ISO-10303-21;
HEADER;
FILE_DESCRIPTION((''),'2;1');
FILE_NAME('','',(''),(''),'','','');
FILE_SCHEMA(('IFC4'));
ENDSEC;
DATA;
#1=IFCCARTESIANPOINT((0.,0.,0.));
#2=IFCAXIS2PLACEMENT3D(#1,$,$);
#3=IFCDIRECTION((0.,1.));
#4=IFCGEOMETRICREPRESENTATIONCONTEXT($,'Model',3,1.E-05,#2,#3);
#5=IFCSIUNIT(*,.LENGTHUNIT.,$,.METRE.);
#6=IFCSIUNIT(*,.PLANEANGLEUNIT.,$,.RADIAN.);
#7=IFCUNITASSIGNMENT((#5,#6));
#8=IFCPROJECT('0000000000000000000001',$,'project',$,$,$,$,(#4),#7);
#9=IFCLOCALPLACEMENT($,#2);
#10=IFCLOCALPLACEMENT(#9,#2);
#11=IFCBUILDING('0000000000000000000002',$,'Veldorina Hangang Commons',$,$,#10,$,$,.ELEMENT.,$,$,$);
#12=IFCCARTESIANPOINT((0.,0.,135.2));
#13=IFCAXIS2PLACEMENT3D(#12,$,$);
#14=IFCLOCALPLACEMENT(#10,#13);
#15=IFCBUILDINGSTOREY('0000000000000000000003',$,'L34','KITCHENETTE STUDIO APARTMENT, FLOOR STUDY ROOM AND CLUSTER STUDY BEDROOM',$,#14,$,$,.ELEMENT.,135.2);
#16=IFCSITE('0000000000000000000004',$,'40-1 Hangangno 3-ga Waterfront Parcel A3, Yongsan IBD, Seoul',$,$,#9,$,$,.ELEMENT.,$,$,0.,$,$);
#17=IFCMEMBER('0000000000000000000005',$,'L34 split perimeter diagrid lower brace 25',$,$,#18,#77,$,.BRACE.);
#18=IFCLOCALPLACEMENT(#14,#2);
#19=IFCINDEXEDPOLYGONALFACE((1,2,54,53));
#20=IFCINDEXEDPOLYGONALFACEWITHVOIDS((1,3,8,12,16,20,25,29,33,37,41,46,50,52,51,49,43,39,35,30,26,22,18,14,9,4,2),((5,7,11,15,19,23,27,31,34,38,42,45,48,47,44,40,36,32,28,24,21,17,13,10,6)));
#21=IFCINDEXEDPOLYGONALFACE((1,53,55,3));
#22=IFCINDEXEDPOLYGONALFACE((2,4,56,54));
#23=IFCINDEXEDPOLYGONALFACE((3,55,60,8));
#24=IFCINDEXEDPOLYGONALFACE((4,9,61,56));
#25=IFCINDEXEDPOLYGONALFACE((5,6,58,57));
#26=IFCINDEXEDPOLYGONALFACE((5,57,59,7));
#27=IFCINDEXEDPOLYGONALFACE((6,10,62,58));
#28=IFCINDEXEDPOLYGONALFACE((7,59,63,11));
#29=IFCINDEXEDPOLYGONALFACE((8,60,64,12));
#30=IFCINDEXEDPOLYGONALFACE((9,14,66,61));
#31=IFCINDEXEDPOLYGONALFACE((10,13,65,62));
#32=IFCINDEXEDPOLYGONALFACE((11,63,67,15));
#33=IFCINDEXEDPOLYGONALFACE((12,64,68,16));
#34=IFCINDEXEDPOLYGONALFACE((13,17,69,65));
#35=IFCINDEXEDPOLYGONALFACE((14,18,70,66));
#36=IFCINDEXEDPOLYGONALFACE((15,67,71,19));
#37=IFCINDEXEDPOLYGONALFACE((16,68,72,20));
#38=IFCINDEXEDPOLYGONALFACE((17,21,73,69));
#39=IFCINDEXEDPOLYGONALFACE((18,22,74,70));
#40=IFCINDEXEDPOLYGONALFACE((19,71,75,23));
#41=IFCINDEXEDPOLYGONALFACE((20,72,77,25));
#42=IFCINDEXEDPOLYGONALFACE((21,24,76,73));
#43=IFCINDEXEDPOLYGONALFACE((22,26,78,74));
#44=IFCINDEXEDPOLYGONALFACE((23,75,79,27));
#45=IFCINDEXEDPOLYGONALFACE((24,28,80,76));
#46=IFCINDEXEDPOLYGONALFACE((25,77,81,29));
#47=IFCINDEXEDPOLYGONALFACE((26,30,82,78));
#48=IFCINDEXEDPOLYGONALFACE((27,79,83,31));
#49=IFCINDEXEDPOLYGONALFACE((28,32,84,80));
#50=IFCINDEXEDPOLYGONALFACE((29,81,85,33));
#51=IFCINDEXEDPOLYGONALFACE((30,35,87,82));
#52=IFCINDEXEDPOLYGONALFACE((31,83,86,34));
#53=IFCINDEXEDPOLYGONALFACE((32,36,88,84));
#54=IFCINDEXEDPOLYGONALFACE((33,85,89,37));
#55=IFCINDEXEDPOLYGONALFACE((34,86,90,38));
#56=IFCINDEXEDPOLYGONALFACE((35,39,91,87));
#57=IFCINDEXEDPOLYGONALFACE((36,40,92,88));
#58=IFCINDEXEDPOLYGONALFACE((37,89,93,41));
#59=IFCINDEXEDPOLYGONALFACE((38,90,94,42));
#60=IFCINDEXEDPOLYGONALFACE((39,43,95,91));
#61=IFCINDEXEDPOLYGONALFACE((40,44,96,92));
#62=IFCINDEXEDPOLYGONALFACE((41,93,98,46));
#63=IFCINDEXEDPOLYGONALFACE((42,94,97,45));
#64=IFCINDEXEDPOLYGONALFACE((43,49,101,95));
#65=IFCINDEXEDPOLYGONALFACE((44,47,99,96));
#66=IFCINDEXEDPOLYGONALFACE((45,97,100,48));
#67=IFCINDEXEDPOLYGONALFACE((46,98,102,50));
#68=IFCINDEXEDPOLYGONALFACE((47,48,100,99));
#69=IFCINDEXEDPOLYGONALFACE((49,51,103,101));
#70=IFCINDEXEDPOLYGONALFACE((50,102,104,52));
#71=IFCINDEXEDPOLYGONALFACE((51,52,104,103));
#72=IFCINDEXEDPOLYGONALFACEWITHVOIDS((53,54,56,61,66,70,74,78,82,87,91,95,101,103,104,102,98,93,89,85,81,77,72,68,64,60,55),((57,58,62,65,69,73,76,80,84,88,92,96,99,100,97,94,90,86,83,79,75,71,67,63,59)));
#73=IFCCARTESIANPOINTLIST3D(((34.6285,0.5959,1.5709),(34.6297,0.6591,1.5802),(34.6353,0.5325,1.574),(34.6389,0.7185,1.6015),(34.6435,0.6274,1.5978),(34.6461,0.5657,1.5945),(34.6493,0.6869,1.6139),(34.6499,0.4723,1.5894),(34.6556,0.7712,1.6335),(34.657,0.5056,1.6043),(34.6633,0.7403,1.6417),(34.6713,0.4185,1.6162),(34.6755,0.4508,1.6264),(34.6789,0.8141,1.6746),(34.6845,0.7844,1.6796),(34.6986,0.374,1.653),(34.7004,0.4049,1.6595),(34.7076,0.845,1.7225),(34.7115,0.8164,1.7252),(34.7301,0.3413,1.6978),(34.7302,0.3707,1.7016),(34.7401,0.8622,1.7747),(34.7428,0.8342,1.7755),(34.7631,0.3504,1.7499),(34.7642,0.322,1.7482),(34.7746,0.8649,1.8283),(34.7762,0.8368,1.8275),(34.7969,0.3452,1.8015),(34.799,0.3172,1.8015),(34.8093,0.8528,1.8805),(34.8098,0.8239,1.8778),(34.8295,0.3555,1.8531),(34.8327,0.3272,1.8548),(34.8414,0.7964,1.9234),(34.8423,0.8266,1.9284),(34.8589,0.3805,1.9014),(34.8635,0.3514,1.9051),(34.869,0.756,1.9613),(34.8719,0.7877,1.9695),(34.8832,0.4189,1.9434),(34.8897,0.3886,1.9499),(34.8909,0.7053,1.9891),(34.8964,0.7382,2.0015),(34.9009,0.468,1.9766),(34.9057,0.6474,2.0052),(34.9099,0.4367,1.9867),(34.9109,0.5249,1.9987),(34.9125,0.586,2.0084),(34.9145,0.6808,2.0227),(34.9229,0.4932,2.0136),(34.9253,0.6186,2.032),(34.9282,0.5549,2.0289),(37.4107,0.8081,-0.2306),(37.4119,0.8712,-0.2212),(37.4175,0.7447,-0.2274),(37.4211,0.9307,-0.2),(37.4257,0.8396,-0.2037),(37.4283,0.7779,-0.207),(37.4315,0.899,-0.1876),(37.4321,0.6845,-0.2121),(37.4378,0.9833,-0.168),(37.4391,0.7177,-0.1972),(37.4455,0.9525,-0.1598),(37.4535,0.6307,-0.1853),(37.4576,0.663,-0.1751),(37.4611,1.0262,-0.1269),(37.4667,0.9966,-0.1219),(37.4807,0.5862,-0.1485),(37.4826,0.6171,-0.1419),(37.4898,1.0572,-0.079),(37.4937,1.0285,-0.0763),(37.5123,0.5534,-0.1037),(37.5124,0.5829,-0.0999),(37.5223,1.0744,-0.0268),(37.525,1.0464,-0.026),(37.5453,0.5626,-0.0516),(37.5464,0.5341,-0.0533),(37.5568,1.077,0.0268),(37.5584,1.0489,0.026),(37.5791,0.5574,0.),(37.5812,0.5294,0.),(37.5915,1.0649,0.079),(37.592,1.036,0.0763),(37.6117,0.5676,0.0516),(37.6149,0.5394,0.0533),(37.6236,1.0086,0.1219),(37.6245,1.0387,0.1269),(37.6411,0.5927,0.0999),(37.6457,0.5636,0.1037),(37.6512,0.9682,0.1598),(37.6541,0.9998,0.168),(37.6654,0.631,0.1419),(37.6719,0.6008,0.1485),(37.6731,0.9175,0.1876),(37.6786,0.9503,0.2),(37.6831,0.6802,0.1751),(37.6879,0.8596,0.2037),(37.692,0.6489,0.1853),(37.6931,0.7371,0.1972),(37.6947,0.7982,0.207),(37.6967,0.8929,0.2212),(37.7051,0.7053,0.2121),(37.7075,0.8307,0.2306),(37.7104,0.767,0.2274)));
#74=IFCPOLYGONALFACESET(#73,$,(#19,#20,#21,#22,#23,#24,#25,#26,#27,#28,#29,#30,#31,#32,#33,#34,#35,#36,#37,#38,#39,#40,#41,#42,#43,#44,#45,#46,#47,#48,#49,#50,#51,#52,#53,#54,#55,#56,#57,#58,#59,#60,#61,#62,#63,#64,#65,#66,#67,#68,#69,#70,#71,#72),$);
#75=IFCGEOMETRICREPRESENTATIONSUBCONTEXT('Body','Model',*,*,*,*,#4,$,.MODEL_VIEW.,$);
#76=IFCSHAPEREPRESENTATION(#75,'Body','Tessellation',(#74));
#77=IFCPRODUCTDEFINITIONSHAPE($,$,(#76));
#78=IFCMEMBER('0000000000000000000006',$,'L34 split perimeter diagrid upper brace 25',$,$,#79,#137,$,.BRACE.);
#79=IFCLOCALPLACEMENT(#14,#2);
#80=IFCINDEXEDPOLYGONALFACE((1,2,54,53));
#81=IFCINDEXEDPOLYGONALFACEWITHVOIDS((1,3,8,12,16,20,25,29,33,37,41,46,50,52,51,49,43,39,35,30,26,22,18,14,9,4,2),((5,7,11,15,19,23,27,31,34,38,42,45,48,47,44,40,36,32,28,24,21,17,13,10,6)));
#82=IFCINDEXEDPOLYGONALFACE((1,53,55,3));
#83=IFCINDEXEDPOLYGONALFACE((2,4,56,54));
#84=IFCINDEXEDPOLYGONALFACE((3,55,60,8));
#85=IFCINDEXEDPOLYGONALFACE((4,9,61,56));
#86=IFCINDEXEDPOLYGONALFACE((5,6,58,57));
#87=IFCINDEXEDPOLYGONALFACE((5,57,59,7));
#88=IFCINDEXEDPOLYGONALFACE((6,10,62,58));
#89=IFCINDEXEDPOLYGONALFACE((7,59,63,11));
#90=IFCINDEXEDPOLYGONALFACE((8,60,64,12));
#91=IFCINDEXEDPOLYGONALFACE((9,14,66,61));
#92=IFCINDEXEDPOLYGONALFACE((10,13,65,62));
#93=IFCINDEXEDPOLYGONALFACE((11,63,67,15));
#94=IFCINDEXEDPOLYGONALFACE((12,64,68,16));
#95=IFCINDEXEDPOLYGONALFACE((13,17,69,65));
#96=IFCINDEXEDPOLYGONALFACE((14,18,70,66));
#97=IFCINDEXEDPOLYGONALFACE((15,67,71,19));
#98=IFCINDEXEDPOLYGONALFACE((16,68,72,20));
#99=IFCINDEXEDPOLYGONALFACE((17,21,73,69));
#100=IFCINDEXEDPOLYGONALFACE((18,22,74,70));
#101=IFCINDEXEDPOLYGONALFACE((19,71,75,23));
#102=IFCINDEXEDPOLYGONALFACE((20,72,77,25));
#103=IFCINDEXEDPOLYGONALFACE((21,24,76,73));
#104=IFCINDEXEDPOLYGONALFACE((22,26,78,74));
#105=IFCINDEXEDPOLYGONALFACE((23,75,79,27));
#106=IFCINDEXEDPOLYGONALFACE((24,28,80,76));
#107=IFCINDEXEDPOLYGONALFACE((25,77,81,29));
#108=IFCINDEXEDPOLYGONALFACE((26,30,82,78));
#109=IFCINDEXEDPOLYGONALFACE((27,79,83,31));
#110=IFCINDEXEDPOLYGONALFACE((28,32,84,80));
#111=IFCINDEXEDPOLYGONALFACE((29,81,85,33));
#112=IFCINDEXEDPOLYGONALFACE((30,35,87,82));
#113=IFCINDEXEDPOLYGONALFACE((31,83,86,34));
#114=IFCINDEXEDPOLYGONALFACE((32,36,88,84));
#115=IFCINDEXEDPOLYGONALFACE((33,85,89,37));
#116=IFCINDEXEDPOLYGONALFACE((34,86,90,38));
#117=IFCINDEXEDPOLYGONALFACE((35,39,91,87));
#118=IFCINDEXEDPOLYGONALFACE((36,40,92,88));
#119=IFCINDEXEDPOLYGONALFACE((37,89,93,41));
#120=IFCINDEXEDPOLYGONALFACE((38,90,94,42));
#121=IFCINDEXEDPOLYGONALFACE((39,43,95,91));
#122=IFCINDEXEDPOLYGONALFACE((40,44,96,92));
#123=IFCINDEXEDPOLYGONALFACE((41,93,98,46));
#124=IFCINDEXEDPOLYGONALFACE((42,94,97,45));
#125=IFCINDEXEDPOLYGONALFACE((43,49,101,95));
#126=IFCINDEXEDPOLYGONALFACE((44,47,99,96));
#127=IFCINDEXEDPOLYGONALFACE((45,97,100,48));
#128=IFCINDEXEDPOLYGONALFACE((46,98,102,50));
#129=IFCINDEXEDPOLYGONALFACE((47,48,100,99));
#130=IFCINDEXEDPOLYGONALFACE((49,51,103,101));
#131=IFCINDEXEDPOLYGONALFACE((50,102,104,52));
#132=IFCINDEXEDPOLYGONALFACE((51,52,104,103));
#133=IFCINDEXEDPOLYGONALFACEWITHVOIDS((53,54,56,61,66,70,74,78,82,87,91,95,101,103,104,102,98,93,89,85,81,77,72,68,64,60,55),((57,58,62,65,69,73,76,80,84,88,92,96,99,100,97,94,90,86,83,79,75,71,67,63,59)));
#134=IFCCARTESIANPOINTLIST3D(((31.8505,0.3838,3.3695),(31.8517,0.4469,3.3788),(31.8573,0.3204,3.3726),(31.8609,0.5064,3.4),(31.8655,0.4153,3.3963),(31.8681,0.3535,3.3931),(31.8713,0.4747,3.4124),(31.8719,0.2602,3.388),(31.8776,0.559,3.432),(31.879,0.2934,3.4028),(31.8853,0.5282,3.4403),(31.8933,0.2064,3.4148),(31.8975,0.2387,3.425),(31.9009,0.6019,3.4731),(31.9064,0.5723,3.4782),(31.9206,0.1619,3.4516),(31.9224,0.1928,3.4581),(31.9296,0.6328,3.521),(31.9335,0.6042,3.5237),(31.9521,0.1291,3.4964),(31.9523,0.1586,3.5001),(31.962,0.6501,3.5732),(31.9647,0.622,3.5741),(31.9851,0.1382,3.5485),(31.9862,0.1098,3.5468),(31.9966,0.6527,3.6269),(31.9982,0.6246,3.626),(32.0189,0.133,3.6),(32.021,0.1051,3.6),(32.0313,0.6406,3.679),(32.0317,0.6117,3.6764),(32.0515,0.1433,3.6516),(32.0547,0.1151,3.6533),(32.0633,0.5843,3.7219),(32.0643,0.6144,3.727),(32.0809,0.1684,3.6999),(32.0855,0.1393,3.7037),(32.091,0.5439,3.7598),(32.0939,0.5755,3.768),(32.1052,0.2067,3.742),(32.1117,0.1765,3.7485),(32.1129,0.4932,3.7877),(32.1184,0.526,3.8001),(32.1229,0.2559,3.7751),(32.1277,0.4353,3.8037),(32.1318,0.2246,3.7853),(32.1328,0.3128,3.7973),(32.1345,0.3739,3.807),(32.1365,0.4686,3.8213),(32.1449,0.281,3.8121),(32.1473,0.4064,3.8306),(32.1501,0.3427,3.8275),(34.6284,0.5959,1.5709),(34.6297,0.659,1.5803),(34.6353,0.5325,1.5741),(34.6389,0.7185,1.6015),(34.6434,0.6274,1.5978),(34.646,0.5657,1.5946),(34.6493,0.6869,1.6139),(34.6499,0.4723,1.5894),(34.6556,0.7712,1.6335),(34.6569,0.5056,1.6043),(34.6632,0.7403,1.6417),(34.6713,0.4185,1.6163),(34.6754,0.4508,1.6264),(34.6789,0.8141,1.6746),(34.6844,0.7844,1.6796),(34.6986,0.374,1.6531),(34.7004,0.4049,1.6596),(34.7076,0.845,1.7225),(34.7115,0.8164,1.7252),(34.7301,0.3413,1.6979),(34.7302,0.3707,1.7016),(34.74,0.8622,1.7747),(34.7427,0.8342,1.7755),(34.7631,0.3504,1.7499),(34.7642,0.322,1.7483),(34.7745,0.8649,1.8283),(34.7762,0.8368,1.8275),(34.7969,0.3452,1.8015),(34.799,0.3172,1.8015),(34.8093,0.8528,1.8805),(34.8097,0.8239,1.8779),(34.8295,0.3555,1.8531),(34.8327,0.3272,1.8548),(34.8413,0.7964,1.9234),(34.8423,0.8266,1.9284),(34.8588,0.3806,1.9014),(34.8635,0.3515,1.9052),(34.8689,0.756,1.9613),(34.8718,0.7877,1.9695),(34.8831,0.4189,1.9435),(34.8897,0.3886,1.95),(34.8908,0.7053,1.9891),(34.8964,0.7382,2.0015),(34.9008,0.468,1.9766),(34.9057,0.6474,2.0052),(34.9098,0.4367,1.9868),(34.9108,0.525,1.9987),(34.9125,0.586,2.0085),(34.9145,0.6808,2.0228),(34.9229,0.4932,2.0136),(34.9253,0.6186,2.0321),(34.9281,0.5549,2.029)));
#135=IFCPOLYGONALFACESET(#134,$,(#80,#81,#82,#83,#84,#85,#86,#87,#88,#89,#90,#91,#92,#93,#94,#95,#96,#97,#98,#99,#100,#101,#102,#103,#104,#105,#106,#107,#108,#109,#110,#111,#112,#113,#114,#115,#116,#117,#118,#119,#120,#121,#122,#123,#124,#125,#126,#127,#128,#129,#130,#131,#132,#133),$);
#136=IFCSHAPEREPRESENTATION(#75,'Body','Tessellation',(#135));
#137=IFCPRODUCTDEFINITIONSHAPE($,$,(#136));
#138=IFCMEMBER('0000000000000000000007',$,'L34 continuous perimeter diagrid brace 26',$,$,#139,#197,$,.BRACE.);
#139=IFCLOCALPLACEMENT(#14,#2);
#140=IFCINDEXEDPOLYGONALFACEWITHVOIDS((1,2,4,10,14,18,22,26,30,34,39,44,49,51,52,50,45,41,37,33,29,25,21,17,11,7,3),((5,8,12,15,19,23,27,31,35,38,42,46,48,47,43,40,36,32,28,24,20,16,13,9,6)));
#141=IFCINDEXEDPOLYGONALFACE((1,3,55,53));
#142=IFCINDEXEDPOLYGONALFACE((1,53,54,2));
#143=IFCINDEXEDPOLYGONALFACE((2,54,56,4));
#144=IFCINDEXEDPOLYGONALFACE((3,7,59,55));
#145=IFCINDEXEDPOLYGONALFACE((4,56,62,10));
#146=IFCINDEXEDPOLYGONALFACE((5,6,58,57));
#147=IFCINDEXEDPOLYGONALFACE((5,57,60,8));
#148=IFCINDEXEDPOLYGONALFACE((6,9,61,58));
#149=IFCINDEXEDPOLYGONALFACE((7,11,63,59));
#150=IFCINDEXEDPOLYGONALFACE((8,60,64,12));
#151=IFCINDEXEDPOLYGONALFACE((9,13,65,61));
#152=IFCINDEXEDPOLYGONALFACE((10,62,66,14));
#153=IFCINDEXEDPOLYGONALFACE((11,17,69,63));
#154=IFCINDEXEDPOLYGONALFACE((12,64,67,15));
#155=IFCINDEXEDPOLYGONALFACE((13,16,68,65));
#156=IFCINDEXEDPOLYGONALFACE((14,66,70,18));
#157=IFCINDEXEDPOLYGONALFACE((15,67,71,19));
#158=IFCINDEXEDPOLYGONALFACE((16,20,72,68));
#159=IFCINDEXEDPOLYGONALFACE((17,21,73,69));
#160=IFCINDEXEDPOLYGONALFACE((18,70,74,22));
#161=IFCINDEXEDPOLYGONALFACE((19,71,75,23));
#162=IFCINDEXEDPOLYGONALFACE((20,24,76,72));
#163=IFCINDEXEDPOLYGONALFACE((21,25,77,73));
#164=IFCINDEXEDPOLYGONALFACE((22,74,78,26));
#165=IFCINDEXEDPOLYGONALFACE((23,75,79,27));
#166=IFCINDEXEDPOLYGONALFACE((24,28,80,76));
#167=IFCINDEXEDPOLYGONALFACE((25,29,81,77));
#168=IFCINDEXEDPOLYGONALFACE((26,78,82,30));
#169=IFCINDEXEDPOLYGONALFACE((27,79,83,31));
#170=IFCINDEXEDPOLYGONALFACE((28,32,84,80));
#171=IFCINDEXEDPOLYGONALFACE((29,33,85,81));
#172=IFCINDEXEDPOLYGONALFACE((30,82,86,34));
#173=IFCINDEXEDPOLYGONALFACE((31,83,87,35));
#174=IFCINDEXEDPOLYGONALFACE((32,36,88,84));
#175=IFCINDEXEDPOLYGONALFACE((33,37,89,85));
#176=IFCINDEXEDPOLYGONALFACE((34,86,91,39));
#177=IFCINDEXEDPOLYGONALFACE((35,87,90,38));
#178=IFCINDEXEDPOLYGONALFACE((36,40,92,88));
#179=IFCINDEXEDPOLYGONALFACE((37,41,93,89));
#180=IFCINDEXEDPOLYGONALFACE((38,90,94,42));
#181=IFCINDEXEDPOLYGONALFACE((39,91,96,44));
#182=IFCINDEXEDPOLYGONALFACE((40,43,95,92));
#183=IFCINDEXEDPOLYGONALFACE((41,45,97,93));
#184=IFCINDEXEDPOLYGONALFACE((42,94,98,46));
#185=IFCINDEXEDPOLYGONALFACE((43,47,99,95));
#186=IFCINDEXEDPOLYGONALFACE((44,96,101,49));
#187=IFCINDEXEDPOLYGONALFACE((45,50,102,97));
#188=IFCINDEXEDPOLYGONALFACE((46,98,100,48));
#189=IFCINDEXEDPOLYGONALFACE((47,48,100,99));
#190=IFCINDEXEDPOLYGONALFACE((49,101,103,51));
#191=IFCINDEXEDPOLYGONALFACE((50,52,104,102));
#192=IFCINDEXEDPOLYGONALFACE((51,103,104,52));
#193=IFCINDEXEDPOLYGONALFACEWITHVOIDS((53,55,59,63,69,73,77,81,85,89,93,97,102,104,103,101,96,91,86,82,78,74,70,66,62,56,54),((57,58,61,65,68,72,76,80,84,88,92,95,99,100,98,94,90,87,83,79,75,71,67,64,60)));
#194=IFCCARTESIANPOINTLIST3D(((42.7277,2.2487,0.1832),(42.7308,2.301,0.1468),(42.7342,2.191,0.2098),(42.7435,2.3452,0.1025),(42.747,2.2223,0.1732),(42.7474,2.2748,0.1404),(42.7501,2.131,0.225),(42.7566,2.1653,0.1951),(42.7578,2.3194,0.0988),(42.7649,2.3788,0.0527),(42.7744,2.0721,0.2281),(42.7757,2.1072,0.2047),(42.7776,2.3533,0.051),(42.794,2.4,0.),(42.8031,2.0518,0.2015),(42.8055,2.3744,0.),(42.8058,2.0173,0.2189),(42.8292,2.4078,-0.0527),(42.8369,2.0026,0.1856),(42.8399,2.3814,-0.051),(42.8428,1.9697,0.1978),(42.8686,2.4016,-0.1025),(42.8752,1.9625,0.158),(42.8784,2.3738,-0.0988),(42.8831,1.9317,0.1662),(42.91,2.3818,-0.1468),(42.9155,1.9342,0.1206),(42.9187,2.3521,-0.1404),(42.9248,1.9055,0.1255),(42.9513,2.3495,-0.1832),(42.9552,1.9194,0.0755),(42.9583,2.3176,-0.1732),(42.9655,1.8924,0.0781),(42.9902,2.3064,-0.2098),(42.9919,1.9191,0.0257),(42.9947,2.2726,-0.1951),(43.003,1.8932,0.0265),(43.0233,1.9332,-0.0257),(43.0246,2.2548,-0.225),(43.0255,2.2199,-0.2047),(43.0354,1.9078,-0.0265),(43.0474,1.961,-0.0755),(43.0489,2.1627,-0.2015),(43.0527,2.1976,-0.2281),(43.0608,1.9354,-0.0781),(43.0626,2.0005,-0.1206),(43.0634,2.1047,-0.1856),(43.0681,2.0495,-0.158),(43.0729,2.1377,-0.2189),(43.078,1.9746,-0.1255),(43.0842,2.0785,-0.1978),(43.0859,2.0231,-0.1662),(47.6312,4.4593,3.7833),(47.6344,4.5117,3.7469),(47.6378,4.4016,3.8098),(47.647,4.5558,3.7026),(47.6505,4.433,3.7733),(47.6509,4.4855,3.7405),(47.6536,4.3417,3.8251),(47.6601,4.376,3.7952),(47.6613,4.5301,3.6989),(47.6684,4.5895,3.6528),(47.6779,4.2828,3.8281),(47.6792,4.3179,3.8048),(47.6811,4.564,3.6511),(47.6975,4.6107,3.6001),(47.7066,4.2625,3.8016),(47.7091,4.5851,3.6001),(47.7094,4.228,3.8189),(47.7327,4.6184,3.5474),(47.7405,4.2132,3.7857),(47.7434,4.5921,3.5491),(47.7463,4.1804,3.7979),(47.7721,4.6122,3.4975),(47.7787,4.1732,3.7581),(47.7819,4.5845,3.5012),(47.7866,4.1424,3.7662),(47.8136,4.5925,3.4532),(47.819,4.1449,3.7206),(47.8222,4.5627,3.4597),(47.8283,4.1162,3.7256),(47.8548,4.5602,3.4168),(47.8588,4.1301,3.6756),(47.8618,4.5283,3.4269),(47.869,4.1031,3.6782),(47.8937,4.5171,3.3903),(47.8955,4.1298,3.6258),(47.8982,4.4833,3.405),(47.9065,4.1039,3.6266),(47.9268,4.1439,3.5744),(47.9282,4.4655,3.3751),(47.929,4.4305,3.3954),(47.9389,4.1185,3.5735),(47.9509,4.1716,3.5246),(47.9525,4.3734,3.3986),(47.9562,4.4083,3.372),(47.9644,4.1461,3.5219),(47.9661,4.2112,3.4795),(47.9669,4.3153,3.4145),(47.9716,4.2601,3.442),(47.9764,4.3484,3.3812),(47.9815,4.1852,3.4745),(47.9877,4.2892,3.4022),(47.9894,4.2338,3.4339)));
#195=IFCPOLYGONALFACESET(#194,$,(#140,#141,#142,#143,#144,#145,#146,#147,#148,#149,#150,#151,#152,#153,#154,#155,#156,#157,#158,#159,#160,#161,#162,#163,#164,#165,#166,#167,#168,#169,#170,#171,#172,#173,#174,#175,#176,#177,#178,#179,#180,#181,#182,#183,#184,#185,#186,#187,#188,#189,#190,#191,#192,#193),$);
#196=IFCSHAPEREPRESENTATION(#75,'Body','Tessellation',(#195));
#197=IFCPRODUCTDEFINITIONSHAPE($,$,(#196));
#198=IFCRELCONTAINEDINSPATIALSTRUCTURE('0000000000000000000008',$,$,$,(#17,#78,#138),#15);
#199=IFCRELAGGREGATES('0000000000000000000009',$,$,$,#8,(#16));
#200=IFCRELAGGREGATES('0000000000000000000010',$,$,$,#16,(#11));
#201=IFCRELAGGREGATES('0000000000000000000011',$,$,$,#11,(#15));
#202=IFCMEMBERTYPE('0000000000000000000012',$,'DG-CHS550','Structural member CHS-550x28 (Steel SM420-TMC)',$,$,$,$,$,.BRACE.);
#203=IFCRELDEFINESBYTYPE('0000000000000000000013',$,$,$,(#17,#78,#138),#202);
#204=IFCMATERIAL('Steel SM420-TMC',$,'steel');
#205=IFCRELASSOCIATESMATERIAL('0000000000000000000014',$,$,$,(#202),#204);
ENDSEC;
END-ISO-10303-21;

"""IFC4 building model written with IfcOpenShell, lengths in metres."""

from ifc_helpers import new_model, si_unit, direction, frame, origin, origin_2d, place, context, subcontext, project, spatial, hollow_circle, extrude, material, material_profile, profile_set, type_object, element, save


model = new_model("IFC4")

# Units and contexts
model_context = context("Model", 3, precision=1e-05, world=origin(), true_north=direction((0.0, 1.0)))
body_context = subcontext(model_context, "Body", "Model", "MODEL_VIEW")
ifc_project = project(units=[si_unit("LENGTHUNIT", "METRE"), si_unit("PLANEANGLEUNIT", "RADIAN")], contexts=[model_context])

# Site, building, storey
site_placement = place(None, origin())
site = spatial("IfcSite", under=ifc_project, at=site_placement, Name="40-1 Hangangno 3-ga Waterfront Parcel A3, Yongsan IBD, Seoul", CompositionType="ELEMENT", RefElevation=0.0)
building_placement = place(site_placement, origin())
building = spatial("IfcBuilding", under=site, at=building_placement, Name="Veldorina Hangang Commons", CompositionType="ELEMENT")
storey_placement = place(building_placement, frame((0.0, 0.0, 135.2)))
storey = spatial("IfcBuildingStorey", under=building, at=storey_placement, Name="L34", Description="KITCHENETTE STUDIO APARTMENT, FLOOR STUDY ROOM AND CLUSTER STUDY BEDROOM", CompositionType="ELEMENT", Elevation=135.2)

# Shared definitions
ifc_material_1 = material(Name="Steel SM420-TMC", Category="steel")

# Members
ifc_material_profile_1 = material_profile(ifc_material_1, hollow_circle(Radius=0.2749, WallThickness=0.0281, at=origin_2d()), Name="CHS-550x28")
ifc_profile_set_1 = profile_set([ifc_material_profile_1], Name="Steel SM420-TMC")
member_type_1 = type_object("IfcMemberType", Name="DG-CHS550", Description="Structural member CHS-550x28 (Steel SM420-TMC)", PredefinedType="BRACE", material=ifc_profile_set_1)
member_1_placement = place(storey_placement, frame((37.5603, 0.8035, 0.0), z_axis=(-0.837684, -0.063877, 0.542407), x_axis=(0.076034, -0.997105, 0.0)))
element("IfcMember", 1, at=member_1_placement, inside=storey, type_object=member_type_1, Name="L34 split perimeter diagrid lower brace 25", PredefinedType="BRACE", context=body_context, shape_type="SweptSolid", body=[
    extrude(hollow_circle(Radius=0.2749, WallThickness=0.0281, at=origin_2d()), origin(), (0.0, 0.0, 1.0), 3.3213),
])
member_2_placement = place(storey_placement, frame((34.7781, 0.5913, 1.8015), z_axis=(-0.837712, -0.063975, 0.542352), x_axis=(0.076147, -0.997097, 0.0)))
element("IfcMember", 2, at=member_2_placement, inside=storey, type_object=member_type_1, Name="L34 split perimeter diagrid upper brace 25", PredefinedType="BRACE", context=body_context, shape_type="SweptSolid", body=[
    extrude(hollow_circle(Radius=0.2749, WallThickness=0.0281, at=origin_2d()), origin(), (0.0, 0.0, 1.0), 3.3162),
])
member_3_placement = place(storey_placement, frame((42.907, 2.1494, 0.0), z_axis=(0.757604, 0.341554, 0.556217), x_axis=(-0.410997, 0.911637, 0.0)))
element("IfcMember", 3, at=member_3_placement, inside=storey, type_object=member_type_1, Name="L34 continuous perimeter diagrid brace 26", PredefinedType="BRACE", context=body_context, shape_type="SweptSolid", body=[
    extrude(hollow_circle(Radius=0.2749, WallThickness=0.0281, at=origin_2d()), origin(), (0.0, 0.0, 1.0), 6.4724),
])

save(model, "model.ifc")
